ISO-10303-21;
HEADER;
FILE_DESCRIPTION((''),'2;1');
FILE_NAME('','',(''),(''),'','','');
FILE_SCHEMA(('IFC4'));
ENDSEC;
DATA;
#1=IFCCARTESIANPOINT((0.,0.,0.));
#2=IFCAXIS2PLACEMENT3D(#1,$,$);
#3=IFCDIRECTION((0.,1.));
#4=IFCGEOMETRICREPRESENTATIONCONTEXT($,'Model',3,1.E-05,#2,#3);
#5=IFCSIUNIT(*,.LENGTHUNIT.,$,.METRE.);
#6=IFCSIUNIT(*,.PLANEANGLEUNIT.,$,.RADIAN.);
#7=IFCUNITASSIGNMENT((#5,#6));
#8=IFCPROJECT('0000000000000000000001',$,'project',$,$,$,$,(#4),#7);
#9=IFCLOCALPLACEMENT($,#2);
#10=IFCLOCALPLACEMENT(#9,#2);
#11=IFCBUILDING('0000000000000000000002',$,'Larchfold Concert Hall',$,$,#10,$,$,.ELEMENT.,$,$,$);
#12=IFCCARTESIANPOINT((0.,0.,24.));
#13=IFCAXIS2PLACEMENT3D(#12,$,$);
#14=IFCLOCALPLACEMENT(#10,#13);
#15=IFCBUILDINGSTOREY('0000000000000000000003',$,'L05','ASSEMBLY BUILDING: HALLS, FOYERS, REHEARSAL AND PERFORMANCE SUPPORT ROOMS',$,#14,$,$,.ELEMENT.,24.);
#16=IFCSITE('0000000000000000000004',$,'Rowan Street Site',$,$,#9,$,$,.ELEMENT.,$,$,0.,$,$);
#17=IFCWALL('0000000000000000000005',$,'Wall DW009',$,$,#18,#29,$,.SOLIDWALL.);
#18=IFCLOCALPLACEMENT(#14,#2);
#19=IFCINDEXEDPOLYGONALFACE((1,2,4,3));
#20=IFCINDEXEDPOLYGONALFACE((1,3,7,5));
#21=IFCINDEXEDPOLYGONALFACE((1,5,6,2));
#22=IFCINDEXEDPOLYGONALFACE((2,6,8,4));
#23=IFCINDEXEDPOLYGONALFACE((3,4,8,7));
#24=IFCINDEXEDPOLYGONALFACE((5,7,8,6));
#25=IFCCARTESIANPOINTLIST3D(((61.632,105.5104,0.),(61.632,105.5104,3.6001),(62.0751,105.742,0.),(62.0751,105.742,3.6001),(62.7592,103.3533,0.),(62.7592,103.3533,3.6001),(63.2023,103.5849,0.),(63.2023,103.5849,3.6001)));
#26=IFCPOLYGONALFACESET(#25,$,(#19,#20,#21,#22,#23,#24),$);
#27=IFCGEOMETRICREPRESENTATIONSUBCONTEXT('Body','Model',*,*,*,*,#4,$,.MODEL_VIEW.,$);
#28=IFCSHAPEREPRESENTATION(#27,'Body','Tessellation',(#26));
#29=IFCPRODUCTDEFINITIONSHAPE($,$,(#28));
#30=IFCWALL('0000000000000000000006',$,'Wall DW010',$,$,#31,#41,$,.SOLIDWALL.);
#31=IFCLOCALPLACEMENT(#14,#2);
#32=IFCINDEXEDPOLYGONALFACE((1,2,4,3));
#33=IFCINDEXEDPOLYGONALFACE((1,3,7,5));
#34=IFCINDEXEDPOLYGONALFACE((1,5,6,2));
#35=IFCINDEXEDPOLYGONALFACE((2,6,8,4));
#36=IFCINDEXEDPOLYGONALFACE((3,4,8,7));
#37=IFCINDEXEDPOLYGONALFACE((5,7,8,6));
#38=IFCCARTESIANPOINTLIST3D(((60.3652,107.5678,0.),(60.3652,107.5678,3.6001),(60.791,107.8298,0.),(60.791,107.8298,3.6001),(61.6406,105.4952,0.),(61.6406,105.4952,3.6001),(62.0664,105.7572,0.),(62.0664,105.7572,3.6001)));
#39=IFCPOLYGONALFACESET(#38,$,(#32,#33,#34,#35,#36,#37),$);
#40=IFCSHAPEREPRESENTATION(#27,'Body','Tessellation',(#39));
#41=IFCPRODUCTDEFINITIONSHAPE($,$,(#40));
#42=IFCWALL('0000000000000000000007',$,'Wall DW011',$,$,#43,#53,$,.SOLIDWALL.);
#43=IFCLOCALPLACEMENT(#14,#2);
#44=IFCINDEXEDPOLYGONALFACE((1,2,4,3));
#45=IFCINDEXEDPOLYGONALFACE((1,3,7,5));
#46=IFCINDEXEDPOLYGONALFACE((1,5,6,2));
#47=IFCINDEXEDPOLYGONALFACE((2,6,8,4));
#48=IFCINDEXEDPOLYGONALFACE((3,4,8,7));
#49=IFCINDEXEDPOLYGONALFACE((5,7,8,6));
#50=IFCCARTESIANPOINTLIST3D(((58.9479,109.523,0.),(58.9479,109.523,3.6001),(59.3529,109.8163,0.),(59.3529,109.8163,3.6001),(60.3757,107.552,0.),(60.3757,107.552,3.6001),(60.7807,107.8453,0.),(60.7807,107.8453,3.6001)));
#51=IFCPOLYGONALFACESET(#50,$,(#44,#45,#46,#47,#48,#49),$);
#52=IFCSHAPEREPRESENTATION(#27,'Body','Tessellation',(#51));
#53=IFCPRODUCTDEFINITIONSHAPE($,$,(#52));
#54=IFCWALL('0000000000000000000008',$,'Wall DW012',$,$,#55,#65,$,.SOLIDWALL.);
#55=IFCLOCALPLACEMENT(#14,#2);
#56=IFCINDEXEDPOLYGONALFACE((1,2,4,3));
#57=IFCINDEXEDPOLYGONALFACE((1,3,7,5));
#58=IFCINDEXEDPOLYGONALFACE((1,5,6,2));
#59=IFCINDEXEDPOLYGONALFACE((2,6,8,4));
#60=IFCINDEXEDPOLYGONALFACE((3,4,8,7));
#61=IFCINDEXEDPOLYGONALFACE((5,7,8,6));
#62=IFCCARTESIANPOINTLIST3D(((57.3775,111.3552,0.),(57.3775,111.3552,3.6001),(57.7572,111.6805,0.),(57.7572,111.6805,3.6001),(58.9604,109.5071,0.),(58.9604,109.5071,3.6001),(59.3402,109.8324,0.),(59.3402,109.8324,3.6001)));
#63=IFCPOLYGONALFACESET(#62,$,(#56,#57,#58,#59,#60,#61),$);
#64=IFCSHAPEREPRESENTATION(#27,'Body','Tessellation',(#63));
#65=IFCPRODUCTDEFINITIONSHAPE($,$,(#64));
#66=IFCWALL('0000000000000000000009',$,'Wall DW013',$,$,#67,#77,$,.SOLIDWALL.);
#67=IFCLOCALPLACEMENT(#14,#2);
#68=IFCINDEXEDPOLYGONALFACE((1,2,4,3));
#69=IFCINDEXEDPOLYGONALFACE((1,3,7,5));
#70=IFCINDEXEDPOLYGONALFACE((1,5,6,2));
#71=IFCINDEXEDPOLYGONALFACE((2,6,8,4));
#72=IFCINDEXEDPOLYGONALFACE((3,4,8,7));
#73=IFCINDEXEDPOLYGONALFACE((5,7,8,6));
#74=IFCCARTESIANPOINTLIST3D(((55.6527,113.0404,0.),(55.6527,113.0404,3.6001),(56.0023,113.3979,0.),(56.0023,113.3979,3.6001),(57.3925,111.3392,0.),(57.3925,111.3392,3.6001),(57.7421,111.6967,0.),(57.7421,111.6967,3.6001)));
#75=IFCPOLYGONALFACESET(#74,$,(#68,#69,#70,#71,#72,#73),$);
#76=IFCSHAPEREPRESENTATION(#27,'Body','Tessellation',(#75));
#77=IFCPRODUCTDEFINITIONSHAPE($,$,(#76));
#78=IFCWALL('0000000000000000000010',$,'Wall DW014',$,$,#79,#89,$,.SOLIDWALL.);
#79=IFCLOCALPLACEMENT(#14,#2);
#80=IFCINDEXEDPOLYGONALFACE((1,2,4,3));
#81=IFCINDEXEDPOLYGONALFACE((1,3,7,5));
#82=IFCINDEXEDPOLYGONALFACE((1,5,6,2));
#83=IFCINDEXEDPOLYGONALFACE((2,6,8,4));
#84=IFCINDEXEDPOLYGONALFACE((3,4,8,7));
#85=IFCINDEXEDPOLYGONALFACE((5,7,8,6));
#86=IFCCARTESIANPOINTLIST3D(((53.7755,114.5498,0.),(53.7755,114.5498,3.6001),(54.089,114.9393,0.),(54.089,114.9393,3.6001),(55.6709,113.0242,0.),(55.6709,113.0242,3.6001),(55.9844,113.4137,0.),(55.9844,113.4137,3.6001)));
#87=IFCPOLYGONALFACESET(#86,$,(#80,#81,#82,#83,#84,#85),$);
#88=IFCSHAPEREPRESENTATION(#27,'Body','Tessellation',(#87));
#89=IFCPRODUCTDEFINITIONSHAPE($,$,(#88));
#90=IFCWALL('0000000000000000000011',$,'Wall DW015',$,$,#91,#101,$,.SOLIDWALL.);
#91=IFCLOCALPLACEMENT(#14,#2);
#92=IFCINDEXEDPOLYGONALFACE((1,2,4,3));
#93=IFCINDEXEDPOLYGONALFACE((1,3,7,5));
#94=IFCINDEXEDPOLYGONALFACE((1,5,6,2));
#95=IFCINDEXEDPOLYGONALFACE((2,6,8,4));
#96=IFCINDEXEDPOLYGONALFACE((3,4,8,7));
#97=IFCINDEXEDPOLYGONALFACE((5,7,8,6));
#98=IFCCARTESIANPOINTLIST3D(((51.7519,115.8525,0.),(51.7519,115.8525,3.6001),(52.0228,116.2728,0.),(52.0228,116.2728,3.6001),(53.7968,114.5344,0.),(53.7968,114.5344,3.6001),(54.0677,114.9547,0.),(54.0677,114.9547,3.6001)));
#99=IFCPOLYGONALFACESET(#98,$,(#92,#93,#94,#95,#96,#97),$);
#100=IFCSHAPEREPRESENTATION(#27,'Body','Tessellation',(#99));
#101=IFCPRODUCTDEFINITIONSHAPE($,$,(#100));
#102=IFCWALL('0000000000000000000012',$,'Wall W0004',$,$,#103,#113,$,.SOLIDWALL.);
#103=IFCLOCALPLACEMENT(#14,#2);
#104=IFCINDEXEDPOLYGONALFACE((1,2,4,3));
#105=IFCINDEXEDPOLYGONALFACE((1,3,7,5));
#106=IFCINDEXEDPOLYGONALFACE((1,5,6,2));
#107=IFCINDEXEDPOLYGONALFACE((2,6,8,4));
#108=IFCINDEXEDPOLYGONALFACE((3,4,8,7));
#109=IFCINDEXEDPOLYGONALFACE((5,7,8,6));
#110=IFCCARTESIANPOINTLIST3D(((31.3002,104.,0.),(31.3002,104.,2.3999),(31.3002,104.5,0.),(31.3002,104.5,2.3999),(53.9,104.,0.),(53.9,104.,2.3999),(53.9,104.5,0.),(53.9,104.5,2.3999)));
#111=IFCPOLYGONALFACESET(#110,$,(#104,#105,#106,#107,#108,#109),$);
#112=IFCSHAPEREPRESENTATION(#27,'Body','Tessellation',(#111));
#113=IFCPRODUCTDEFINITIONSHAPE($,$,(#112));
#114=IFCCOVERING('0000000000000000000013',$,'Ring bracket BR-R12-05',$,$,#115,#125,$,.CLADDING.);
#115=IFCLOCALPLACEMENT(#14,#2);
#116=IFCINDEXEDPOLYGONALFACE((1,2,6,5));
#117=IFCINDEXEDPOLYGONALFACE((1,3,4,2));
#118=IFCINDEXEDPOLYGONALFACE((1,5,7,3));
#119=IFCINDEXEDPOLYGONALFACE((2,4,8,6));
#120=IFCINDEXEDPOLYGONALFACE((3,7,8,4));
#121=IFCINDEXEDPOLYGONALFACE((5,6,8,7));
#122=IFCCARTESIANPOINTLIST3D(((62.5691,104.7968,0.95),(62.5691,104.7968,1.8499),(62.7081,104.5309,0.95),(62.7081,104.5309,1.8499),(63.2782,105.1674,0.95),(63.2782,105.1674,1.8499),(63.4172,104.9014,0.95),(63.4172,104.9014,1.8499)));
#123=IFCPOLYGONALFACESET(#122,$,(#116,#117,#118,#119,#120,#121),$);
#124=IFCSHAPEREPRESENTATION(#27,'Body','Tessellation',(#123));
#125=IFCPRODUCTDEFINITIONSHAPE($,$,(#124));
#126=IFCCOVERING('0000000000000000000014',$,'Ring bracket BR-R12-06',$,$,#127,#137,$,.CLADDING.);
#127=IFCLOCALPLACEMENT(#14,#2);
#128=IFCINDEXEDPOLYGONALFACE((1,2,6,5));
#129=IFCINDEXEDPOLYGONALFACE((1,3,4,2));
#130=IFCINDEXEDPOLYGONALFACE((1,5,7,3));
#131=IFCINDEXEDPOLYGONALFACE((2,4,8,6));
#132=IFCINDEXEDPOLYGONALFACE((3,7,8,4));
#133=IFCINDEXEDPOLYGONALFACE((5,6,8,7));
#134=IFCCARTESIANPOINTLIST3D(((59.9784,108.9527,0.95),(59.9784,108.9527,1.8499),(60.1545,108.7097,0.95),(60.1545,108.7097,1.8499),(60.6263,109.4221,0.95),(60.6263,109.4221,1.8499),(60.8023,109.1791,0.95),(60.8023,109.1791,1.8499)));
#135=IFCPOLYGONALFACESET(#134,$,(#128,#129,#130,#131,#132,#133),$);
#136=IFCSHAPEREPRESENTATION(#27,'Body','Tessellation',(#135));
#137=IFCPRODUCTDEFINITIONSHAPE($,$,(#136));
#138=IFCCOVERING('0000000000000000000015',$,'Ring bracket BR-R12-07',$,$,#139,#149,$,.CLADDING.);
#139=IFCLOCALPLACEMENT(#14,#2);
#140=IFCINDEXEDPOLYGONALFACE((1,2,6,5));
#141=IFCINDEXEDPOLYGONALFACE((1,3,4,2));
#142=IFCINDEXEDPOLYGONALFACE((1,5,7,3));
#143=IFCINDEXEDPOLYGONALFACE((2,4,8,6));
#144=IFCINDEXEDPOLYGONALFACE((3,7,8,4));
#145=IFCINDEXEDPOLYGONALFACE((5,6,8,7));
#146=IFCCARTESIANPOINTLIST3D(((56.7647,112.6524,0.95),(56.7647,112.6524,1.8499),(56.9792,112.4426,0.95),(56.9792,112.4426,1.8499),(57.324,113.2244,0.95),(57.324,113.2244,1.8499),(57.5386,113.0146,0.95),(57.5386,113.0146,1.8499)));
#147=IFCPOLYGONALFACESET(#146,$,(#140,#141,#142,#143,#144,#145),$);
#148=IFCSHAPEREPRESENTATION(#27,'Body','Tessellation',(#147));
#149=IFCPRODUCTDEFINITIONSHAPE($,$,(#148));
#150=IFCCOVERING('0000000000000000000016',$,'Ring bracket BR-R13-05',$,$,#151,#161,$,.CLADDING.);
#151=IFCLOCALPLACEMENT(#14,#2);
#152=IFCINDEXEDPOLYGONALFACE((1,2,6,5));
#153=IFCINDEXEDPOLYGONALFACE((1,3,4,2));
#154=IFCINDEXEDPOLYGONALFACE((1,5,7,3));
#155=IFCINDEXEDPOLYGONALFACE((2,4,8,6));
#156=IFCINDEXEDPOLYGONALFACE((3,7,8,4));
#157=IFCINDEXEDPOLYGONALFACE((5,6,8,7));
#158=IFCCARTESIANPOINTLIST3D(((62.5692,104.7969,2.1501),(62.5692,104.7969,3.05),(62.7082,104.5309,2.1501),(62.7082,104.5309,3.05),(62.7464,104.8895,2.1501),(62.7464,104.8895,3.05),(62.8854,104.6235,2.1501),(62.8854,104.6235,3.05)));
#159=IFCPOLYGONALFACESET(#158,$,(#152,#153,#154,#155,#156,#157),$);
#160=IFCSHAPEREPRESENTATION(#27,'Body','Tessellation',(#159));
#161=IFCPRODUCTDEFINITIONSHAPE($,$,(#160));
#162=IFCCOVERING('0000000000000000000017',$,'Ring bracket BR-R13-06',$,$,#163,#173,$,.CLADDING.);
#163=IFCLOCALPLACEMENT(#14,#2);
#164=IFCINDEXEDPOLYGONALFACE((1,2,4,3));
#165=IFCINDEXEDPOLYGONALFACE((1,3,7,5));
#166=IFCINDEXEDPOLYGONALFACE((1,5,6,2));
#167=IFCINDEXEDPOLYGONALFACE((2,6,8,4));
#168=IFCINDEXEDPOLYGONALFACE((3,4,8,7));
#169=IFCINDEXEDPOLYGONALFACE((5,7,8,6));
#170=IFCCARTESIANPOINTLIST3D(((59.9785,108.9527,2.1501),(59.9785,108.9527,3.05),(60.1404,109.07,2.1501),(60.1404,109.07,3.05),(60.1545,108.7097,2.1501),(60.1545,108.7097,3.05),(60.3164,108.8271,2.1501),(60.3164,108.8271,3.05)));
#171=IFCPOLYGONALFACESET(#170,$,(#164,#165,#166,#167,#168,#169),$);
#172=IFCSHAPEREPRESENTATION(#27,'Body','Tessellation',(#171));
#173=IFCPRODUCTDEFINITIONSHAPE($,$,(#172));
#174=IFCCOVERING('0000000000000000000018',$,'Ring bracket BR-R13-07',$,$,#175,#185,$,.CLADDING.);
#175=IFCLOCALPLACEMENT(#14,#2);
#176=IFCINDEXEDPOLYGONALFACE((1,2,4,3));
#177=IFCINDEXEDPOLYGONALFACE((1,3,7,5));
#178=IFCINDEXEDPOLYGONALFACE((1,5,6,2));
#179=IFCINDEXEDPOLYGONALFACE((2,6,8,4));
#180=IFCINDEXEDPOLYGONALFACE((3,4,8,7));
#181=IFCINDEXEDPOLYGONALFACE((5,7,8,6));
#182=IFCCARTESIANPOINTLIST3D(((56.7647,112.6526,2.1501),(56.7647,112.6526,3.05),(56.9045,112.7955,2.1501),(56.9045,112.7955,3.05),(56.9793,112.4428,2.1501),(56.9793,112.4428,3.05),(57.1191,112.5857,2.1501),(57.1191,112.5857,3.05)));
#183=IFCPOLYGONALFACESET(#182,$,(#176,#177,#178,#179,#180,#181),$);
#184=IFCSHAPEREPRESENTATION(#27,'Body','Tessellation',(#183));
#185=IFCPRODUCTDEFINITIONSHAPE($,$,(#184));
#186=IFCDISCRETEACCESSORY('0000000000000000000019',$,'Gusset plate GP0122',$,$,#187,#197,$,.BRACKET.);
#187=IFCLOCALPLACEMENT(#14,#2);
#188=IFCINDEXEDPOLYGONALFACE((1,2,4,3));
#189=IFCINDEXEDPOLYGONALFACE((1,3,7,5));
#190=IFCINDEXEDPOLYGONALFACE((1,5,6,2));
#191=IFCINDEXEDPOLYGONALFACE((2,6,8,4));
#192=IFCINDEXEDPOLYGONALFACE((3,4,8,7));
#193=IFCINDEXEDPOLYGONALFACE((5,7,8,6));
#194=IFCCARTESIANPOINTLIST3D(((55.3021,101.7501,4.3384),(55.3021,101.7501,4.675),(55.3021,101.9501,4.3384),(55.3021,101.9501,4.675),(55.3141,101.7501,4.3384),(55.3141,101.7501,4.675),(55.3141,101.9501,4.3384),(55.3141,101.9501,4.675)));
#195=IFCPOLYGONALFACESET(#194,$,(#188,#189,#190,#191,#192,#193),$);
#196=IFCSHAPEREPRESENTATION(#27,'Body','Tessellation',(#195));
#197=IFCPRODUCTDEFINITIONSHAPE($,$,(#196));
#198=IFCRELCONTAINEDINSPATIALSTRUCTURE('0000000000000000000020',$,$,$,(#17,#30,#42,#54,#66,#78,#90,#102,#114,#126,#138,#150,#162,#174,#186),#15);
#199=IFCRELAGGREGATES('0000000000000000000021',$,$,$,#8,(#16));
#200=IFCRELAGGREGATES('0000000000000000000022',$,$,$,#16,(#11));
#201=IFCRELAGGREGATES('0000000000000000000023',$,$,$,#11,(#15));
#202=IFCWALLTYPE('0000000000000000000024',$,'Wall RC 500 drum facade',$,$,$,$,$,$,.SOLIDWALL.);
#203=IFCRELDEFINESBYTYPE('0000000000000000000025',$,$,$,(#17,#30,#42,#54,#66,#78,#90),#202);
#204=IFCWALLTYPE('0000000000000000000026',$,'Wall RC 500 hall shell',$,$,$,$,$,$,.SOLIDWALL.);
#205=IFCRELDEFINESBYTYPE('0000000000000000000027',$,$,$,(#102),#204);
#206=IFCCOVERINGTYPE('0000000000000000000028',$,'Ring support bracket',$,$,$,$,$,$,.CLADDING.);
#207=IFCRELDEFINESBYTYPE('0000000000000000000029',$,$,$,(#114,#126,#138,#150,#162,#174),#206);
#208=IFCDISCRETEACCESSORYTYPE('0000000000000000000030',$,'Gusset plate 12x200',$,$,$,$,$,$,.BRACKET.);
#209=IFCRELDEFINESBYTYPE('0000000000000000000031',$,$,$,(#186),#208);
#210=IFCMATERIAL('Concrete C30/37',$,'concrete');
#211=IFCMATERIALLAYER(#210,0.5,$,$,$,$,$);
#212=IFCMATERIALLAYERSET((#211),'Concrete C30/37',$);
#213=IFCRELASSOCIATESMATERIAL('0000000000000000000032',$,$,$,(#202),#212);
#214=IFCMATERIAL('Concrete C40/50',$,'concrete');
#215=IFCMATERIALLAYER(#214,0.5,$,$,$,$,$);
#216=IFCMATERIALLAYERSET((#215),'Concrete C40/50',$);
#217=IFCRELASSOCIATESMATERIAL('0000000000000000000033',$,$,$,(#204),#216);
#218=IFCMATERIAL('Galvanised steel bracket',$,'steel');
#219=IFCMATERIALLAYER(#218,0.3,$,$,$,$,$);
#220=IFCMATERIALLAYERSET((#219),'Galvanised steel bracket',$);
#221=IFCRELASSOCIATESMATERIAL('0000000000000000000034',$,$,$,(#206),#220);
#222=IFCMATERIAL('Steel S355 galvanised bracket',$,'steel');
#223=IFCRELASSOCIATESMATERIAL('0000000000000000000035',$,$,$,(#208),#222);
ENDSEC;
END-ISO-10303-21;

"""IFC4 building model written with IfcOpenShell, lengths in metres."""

from ifc_helpers import new_model, si_unit, direction, frame, frame_2d, origin, origin_2d, place, context, subcontext, project, spatial, rectangle, extrude, material, layer, layer_set, material_profile, profile_set, type_object, element, save


model = new_model("IFC4")

# Units and contexts
model_context = context("Model", 3, precision=1e-05, world=origin(), true_north=direction((0.0, 1.0)))
body_context = subcontext(model_context, "Body", "Model", "MODEL_VIEW")
ifc_project = project(units=[si_unit("LENGTHUNIT", "METRE"), si_unit("PLANEANGLEUNIT", "RADIAN")], contexts=[model_context])

# Site, building, storey
site_placement = place(None, origin())
site = spatial("IfcSite", under=ifc_project, at=site_placement, Name="Rowan Street Site", CompositionType="ELEMENT", RefElevation=0.0)
building_placement = place(site_placement, origin())
building = spatial("IfcBuilding", under=site, at=building_placement, Name="Larchfold Concert Hall", CompositionType="ELEMENT")
storey_placement = place(building_placement, frame((0.0, 0.0, 24.0)))
storey = spatial("IfcBuildingStorey", under=building, at=storey_placement, Name="L05", Description="ASSEMBLY BUILDING: HALLS, FOYERS, REHEARSAL AND PERFORMANCE SUPPORT ROOMS", CompositionType="ELEMENT", Elevation=24.0)

# Walls
ifc_material_1 = material(Name="Concrete C30/37", Category="concrete")
ifc_layer_1 = layer(ifc_material_1, 0.5)
ifc_layer_set_1 = layer_set([ifc_layer_1], Name="Concrete C30/37")
wall_type_1 = type_object("IfcWallType", Name="Wall RC 500 drum facade", PredefinedType="SOLIDWALL", material=ifc_layer_set_1)
wall_1_placement = place(storey_placement, frame((62.9807, 103.4692, 0.0), z_axis=(0.0, 0.0, 1.0), x_axis=(-0.463152, 0.886279, 0.0)))
element("IfcWall", 1, at=wall_1_placement, inside=storey, type_object=wall_type_1, Name="Wall DW009", PredefinedType="SOLIDWALL", context=body_context, shape_type="SweptSolid", body=[
    extrude(rectangle(XDim=2.4338, YDim=0.5, at=frame_2d((1.2168, 0.0))), origin(), (0.0, 0.0, 1.0), 3.6001),
])
wall_2_placement = place(storey_placement, frame((61.8535, 105.6262, 0.0), z_axis=(0.0, 0.0, 1.0), x_axis=(-0.524097, 0.851658, 0.0)))
element("IfcWall", 2, at=wall_2_placement, inside=storey, type_object=wall_type_1, Name="Wall DW010", PredefinedType="SOLIDWALL", context=body_context, shape_type="SweptSolid", body=[
    extrude(rectangle(XDim=2.4336, YDim=0.5, at=frame_2d((1.2168, 0.0))), origin(), (0.0, 0.0, 1.0), 3.6001),
])
wall_3_placement = place(storey_placement, frame((60.5781, 107.6987, 0.0), z_axis=(0.0, 0.0, 1.0), x_axis=(-0.586644, 0.809845, 0.0)))
element("IfcWall", 3, at=wall_3_placement, inside=storey, type_object=wall_type_1, Name="Wall DW011", PredefinedType="SOLIDWALL", context=body_context, shape_type="SweptSolid", body=[
    extrude(rectangle(XDim=2.4338, YDim=0.5, at=frame_2d((1.2168, 0.0))), origin(), (0.0, 0.0, 1.0), 3.6001),
])
for number, where, z_axis, x_axis, name in (
    (4, (59.1504, 109.6697, 0.0), (0.0, 0.0, 1.0), (-0.650527, 0.759483, 0.0), "Wall DW012"),
    (5, (57.5674, 111.5178, 0.0), (0.0, 0.0, 1.0), (-0.714989, 0.699136, 0.0), "Wall DW013"),
):
    element("IfcWall", number, at=place(storey_placement, frame(where, z_axis=z_axis, x_axis=x_axis)), inside=storey, type_object=wall_type_1, Name=name, PredefinedType="SOLIDWALL", context=body_context, shape_type="SweptSolid", body=[
        extrude(rectangle(XDim=2.4333, YDim=0.5, at=frame_2d((1.2168, 0.0))), origin(), (0.0, 0.0, 1.0), 3.6001),
    ])
wall_4_placement = place(storey_placement, frame((55.8276, 113.219, 0.0), z_axis=(0.0, 0.0, 1.0), x_axis=(-0.779015, 0.627005, 0.0)))
element("IfcWall", 6, at=wall_4_placement, inside=storey, type_object=wall_type_1, Name="Wall DW014", PredefinedType="SOLIDWALL", context=body_context, shape_type="SweptSolid", body=[
    extrude(rectangle(XDim=2.4331, YDim=0.5, at=frame_2d((1.2166, 0.0))), origin(), (0.0, 0.0, 1.0), 3.6001),
])
wall_5_placement = place(storey_placement, frame((53.9321, 114.7446, 0.0), z_axis=(0.0, 0.0, 1.0), x_axis=(-0.840519, 0.541782, 0.0)))
element("IfcWall", 7, at=wall_5_placement, inside=storey, type_object=wall_type_1, Name="Wall DW015", PredefinedType="SOLIDWALL", context=body_context, shape_type="SweptSolid", body=[
    extrude(rectangle(XDim=2.4329, YDim=0.5, at=frame_2d((1.2163, 0.0))), origin(), (0.0, 0.0, 1.0), 3.6001),
])
ifc_material_2 = material(Name="Concrete C40/50", Category="concrete")
ifc_layer_2 = layer(ifc_material_2, 0.5)
ifc_layer_set_2 = layer_set([ifc_layer_2], Name="Concrete C40/50")
wall_type_2 = type_object("IfcWallType", Name="Wall RC 500 hall shell", PredefinedType="SOLIDWALL", material=ifc_layer_set_2)
wall_6_placement = place(storey_placement, frame((53.8999, 104.25, 0.0), z_axis=(0.0, 0.0, 1.0), x_axis=(-1.0, 0.0, 0.0)))
element("IfcWall", 8, at=wall_6_placement, inside=storey, type_object=wall_type_2, Name="Wall W0004", PredefinedType="SOLIDWALL", context=body_context, shape_type="SweptSolid", body=[
    extrude(rectangle(XDim=22.5999, YDim=0.5, at=frame_2d((11.2998, 0.0))), origin(), (0.0, 0.0, 1.0), 2.3999),
])

# Coverings
ifc_material_3 = material(Name="Galvanised steel bracket", Category="steel")
ifc_layer_3 = layer(ifc_material_3, 0.3)
ifc_layer_set_3 = layer_set([ifc_layer_3], Name="Galvanised steel bracket")
covering_type = type_object("IfcCoveringType", Name="Ring support bracket", PredefinedType="CLADDING", material=ifc_layer_set_3)
for number, where, z_axis, x_axis, name in (
    (9, (62.9932, 104.8491, 0.95), (0.0, 0.0, 1.0), (0.886274, 0.463162, 0.0), "Ring bracket BR-R12-05"),
    (10, (60.3904, 109.0659, 0.95), (0.0, 0.0, 1.0), (0.809815, 0.586685, 0.0), "Ring bracket BR-R12-06"),
    (11, (57.1516, 112.8335, 0.95), (0.0, 0.0, 1.0), (0.699161, 0.714965, 0.0), "Ring bracket BR-R12-07"),
):
    element("IfcCovering", number, at=place(storey_placement, frame(where, z_axis=z_axis, x_axis=x_axis)), inside=storey, type_object=covering_type, Name=name, PredefinedType="CLADDING", context=body_context, shape_type="SweptSolid", body=[
        extrude(rectangle(XDim=0.8, YDim=0.3, at=origin_2d()), origin(), (0.0, 0.0, 1.0), 0.8999),
    ])
for number, where, z_axis, x_axis, name in (
    (12, (62.7273, 104.7102, 2.1501), (0.0, 0.0, 1.0), (0.886274, 0.463162, 0.0), "Ring bracket BR-R13-05"),
    (13, (60.1475, 108.8899, 2.1501), (0.0, 0.0, 1.0), (0.809815, 0.586685, 0.0), "Ring bracket BR-R13-06"),
    (14, (56.9419, 112.6191, 2.1501), (0.0, 0.0, 1.0), (0.699161, 0.714965, 0.0), "Ring bracket BR-R13-07"),
):
    element("IfcCovering", number, at=place(storey_placement, frame(where, z_axis=z_axis, x_axis=x_axis)), inside=storey, type_object=covering_type, Name=name, PredefinedType="CLADDING", context=body_context, shape_type="SweptSolid", body=[
        extrude(rectangle(XDim=0.2, YDim=0.3, at=origin_2d()), origin(), (0.0, 0.0, 1.0), 0.8999),
    ])

# Discrete accessory
ifc_material_4 = material(Name="Steel S355 galvanised bracket", Category="steel")
ifc_material_profile_1 = material_profile(ifc_material_4, rectangle(XDim=0.012, YDim=0.2, at=origin_2d()))
ifc_profile_set_1 = profile_set([ifc_material_profile_1], Name="Steel S355 galvanised bracket")
discrete_accessory_type_1 = type_object("IfcDiscreteAccessoryType", Name="Gusset plate 12x200", PredefinedType="BRACKET", material=ifc_profile_set_1)
discrete_accessory_1_placement = place(storey_placement, frame((55.3081, 101.8501, 4.3384), z_axis=(0.0, 0.0, 1.0), x_axis=(1.0, 0.0, 0.0)))
element("IfcDiscreteAccessory", 15, at=discrete_accessory_1_placement, inside=storey, type_object=discrete_accessory_type_1, Name="Gusset plate GP0122", PredefinedType="BRACKET", context=body_context, shape_type="SweptSolid", body=[
    extrude(rectangle(XDim=0.012, YDim=0.2, at=origin_2d()), origin(), (0.0, 0.0, 1.0), 0.3367),
])

save(model, "model.ifc")
